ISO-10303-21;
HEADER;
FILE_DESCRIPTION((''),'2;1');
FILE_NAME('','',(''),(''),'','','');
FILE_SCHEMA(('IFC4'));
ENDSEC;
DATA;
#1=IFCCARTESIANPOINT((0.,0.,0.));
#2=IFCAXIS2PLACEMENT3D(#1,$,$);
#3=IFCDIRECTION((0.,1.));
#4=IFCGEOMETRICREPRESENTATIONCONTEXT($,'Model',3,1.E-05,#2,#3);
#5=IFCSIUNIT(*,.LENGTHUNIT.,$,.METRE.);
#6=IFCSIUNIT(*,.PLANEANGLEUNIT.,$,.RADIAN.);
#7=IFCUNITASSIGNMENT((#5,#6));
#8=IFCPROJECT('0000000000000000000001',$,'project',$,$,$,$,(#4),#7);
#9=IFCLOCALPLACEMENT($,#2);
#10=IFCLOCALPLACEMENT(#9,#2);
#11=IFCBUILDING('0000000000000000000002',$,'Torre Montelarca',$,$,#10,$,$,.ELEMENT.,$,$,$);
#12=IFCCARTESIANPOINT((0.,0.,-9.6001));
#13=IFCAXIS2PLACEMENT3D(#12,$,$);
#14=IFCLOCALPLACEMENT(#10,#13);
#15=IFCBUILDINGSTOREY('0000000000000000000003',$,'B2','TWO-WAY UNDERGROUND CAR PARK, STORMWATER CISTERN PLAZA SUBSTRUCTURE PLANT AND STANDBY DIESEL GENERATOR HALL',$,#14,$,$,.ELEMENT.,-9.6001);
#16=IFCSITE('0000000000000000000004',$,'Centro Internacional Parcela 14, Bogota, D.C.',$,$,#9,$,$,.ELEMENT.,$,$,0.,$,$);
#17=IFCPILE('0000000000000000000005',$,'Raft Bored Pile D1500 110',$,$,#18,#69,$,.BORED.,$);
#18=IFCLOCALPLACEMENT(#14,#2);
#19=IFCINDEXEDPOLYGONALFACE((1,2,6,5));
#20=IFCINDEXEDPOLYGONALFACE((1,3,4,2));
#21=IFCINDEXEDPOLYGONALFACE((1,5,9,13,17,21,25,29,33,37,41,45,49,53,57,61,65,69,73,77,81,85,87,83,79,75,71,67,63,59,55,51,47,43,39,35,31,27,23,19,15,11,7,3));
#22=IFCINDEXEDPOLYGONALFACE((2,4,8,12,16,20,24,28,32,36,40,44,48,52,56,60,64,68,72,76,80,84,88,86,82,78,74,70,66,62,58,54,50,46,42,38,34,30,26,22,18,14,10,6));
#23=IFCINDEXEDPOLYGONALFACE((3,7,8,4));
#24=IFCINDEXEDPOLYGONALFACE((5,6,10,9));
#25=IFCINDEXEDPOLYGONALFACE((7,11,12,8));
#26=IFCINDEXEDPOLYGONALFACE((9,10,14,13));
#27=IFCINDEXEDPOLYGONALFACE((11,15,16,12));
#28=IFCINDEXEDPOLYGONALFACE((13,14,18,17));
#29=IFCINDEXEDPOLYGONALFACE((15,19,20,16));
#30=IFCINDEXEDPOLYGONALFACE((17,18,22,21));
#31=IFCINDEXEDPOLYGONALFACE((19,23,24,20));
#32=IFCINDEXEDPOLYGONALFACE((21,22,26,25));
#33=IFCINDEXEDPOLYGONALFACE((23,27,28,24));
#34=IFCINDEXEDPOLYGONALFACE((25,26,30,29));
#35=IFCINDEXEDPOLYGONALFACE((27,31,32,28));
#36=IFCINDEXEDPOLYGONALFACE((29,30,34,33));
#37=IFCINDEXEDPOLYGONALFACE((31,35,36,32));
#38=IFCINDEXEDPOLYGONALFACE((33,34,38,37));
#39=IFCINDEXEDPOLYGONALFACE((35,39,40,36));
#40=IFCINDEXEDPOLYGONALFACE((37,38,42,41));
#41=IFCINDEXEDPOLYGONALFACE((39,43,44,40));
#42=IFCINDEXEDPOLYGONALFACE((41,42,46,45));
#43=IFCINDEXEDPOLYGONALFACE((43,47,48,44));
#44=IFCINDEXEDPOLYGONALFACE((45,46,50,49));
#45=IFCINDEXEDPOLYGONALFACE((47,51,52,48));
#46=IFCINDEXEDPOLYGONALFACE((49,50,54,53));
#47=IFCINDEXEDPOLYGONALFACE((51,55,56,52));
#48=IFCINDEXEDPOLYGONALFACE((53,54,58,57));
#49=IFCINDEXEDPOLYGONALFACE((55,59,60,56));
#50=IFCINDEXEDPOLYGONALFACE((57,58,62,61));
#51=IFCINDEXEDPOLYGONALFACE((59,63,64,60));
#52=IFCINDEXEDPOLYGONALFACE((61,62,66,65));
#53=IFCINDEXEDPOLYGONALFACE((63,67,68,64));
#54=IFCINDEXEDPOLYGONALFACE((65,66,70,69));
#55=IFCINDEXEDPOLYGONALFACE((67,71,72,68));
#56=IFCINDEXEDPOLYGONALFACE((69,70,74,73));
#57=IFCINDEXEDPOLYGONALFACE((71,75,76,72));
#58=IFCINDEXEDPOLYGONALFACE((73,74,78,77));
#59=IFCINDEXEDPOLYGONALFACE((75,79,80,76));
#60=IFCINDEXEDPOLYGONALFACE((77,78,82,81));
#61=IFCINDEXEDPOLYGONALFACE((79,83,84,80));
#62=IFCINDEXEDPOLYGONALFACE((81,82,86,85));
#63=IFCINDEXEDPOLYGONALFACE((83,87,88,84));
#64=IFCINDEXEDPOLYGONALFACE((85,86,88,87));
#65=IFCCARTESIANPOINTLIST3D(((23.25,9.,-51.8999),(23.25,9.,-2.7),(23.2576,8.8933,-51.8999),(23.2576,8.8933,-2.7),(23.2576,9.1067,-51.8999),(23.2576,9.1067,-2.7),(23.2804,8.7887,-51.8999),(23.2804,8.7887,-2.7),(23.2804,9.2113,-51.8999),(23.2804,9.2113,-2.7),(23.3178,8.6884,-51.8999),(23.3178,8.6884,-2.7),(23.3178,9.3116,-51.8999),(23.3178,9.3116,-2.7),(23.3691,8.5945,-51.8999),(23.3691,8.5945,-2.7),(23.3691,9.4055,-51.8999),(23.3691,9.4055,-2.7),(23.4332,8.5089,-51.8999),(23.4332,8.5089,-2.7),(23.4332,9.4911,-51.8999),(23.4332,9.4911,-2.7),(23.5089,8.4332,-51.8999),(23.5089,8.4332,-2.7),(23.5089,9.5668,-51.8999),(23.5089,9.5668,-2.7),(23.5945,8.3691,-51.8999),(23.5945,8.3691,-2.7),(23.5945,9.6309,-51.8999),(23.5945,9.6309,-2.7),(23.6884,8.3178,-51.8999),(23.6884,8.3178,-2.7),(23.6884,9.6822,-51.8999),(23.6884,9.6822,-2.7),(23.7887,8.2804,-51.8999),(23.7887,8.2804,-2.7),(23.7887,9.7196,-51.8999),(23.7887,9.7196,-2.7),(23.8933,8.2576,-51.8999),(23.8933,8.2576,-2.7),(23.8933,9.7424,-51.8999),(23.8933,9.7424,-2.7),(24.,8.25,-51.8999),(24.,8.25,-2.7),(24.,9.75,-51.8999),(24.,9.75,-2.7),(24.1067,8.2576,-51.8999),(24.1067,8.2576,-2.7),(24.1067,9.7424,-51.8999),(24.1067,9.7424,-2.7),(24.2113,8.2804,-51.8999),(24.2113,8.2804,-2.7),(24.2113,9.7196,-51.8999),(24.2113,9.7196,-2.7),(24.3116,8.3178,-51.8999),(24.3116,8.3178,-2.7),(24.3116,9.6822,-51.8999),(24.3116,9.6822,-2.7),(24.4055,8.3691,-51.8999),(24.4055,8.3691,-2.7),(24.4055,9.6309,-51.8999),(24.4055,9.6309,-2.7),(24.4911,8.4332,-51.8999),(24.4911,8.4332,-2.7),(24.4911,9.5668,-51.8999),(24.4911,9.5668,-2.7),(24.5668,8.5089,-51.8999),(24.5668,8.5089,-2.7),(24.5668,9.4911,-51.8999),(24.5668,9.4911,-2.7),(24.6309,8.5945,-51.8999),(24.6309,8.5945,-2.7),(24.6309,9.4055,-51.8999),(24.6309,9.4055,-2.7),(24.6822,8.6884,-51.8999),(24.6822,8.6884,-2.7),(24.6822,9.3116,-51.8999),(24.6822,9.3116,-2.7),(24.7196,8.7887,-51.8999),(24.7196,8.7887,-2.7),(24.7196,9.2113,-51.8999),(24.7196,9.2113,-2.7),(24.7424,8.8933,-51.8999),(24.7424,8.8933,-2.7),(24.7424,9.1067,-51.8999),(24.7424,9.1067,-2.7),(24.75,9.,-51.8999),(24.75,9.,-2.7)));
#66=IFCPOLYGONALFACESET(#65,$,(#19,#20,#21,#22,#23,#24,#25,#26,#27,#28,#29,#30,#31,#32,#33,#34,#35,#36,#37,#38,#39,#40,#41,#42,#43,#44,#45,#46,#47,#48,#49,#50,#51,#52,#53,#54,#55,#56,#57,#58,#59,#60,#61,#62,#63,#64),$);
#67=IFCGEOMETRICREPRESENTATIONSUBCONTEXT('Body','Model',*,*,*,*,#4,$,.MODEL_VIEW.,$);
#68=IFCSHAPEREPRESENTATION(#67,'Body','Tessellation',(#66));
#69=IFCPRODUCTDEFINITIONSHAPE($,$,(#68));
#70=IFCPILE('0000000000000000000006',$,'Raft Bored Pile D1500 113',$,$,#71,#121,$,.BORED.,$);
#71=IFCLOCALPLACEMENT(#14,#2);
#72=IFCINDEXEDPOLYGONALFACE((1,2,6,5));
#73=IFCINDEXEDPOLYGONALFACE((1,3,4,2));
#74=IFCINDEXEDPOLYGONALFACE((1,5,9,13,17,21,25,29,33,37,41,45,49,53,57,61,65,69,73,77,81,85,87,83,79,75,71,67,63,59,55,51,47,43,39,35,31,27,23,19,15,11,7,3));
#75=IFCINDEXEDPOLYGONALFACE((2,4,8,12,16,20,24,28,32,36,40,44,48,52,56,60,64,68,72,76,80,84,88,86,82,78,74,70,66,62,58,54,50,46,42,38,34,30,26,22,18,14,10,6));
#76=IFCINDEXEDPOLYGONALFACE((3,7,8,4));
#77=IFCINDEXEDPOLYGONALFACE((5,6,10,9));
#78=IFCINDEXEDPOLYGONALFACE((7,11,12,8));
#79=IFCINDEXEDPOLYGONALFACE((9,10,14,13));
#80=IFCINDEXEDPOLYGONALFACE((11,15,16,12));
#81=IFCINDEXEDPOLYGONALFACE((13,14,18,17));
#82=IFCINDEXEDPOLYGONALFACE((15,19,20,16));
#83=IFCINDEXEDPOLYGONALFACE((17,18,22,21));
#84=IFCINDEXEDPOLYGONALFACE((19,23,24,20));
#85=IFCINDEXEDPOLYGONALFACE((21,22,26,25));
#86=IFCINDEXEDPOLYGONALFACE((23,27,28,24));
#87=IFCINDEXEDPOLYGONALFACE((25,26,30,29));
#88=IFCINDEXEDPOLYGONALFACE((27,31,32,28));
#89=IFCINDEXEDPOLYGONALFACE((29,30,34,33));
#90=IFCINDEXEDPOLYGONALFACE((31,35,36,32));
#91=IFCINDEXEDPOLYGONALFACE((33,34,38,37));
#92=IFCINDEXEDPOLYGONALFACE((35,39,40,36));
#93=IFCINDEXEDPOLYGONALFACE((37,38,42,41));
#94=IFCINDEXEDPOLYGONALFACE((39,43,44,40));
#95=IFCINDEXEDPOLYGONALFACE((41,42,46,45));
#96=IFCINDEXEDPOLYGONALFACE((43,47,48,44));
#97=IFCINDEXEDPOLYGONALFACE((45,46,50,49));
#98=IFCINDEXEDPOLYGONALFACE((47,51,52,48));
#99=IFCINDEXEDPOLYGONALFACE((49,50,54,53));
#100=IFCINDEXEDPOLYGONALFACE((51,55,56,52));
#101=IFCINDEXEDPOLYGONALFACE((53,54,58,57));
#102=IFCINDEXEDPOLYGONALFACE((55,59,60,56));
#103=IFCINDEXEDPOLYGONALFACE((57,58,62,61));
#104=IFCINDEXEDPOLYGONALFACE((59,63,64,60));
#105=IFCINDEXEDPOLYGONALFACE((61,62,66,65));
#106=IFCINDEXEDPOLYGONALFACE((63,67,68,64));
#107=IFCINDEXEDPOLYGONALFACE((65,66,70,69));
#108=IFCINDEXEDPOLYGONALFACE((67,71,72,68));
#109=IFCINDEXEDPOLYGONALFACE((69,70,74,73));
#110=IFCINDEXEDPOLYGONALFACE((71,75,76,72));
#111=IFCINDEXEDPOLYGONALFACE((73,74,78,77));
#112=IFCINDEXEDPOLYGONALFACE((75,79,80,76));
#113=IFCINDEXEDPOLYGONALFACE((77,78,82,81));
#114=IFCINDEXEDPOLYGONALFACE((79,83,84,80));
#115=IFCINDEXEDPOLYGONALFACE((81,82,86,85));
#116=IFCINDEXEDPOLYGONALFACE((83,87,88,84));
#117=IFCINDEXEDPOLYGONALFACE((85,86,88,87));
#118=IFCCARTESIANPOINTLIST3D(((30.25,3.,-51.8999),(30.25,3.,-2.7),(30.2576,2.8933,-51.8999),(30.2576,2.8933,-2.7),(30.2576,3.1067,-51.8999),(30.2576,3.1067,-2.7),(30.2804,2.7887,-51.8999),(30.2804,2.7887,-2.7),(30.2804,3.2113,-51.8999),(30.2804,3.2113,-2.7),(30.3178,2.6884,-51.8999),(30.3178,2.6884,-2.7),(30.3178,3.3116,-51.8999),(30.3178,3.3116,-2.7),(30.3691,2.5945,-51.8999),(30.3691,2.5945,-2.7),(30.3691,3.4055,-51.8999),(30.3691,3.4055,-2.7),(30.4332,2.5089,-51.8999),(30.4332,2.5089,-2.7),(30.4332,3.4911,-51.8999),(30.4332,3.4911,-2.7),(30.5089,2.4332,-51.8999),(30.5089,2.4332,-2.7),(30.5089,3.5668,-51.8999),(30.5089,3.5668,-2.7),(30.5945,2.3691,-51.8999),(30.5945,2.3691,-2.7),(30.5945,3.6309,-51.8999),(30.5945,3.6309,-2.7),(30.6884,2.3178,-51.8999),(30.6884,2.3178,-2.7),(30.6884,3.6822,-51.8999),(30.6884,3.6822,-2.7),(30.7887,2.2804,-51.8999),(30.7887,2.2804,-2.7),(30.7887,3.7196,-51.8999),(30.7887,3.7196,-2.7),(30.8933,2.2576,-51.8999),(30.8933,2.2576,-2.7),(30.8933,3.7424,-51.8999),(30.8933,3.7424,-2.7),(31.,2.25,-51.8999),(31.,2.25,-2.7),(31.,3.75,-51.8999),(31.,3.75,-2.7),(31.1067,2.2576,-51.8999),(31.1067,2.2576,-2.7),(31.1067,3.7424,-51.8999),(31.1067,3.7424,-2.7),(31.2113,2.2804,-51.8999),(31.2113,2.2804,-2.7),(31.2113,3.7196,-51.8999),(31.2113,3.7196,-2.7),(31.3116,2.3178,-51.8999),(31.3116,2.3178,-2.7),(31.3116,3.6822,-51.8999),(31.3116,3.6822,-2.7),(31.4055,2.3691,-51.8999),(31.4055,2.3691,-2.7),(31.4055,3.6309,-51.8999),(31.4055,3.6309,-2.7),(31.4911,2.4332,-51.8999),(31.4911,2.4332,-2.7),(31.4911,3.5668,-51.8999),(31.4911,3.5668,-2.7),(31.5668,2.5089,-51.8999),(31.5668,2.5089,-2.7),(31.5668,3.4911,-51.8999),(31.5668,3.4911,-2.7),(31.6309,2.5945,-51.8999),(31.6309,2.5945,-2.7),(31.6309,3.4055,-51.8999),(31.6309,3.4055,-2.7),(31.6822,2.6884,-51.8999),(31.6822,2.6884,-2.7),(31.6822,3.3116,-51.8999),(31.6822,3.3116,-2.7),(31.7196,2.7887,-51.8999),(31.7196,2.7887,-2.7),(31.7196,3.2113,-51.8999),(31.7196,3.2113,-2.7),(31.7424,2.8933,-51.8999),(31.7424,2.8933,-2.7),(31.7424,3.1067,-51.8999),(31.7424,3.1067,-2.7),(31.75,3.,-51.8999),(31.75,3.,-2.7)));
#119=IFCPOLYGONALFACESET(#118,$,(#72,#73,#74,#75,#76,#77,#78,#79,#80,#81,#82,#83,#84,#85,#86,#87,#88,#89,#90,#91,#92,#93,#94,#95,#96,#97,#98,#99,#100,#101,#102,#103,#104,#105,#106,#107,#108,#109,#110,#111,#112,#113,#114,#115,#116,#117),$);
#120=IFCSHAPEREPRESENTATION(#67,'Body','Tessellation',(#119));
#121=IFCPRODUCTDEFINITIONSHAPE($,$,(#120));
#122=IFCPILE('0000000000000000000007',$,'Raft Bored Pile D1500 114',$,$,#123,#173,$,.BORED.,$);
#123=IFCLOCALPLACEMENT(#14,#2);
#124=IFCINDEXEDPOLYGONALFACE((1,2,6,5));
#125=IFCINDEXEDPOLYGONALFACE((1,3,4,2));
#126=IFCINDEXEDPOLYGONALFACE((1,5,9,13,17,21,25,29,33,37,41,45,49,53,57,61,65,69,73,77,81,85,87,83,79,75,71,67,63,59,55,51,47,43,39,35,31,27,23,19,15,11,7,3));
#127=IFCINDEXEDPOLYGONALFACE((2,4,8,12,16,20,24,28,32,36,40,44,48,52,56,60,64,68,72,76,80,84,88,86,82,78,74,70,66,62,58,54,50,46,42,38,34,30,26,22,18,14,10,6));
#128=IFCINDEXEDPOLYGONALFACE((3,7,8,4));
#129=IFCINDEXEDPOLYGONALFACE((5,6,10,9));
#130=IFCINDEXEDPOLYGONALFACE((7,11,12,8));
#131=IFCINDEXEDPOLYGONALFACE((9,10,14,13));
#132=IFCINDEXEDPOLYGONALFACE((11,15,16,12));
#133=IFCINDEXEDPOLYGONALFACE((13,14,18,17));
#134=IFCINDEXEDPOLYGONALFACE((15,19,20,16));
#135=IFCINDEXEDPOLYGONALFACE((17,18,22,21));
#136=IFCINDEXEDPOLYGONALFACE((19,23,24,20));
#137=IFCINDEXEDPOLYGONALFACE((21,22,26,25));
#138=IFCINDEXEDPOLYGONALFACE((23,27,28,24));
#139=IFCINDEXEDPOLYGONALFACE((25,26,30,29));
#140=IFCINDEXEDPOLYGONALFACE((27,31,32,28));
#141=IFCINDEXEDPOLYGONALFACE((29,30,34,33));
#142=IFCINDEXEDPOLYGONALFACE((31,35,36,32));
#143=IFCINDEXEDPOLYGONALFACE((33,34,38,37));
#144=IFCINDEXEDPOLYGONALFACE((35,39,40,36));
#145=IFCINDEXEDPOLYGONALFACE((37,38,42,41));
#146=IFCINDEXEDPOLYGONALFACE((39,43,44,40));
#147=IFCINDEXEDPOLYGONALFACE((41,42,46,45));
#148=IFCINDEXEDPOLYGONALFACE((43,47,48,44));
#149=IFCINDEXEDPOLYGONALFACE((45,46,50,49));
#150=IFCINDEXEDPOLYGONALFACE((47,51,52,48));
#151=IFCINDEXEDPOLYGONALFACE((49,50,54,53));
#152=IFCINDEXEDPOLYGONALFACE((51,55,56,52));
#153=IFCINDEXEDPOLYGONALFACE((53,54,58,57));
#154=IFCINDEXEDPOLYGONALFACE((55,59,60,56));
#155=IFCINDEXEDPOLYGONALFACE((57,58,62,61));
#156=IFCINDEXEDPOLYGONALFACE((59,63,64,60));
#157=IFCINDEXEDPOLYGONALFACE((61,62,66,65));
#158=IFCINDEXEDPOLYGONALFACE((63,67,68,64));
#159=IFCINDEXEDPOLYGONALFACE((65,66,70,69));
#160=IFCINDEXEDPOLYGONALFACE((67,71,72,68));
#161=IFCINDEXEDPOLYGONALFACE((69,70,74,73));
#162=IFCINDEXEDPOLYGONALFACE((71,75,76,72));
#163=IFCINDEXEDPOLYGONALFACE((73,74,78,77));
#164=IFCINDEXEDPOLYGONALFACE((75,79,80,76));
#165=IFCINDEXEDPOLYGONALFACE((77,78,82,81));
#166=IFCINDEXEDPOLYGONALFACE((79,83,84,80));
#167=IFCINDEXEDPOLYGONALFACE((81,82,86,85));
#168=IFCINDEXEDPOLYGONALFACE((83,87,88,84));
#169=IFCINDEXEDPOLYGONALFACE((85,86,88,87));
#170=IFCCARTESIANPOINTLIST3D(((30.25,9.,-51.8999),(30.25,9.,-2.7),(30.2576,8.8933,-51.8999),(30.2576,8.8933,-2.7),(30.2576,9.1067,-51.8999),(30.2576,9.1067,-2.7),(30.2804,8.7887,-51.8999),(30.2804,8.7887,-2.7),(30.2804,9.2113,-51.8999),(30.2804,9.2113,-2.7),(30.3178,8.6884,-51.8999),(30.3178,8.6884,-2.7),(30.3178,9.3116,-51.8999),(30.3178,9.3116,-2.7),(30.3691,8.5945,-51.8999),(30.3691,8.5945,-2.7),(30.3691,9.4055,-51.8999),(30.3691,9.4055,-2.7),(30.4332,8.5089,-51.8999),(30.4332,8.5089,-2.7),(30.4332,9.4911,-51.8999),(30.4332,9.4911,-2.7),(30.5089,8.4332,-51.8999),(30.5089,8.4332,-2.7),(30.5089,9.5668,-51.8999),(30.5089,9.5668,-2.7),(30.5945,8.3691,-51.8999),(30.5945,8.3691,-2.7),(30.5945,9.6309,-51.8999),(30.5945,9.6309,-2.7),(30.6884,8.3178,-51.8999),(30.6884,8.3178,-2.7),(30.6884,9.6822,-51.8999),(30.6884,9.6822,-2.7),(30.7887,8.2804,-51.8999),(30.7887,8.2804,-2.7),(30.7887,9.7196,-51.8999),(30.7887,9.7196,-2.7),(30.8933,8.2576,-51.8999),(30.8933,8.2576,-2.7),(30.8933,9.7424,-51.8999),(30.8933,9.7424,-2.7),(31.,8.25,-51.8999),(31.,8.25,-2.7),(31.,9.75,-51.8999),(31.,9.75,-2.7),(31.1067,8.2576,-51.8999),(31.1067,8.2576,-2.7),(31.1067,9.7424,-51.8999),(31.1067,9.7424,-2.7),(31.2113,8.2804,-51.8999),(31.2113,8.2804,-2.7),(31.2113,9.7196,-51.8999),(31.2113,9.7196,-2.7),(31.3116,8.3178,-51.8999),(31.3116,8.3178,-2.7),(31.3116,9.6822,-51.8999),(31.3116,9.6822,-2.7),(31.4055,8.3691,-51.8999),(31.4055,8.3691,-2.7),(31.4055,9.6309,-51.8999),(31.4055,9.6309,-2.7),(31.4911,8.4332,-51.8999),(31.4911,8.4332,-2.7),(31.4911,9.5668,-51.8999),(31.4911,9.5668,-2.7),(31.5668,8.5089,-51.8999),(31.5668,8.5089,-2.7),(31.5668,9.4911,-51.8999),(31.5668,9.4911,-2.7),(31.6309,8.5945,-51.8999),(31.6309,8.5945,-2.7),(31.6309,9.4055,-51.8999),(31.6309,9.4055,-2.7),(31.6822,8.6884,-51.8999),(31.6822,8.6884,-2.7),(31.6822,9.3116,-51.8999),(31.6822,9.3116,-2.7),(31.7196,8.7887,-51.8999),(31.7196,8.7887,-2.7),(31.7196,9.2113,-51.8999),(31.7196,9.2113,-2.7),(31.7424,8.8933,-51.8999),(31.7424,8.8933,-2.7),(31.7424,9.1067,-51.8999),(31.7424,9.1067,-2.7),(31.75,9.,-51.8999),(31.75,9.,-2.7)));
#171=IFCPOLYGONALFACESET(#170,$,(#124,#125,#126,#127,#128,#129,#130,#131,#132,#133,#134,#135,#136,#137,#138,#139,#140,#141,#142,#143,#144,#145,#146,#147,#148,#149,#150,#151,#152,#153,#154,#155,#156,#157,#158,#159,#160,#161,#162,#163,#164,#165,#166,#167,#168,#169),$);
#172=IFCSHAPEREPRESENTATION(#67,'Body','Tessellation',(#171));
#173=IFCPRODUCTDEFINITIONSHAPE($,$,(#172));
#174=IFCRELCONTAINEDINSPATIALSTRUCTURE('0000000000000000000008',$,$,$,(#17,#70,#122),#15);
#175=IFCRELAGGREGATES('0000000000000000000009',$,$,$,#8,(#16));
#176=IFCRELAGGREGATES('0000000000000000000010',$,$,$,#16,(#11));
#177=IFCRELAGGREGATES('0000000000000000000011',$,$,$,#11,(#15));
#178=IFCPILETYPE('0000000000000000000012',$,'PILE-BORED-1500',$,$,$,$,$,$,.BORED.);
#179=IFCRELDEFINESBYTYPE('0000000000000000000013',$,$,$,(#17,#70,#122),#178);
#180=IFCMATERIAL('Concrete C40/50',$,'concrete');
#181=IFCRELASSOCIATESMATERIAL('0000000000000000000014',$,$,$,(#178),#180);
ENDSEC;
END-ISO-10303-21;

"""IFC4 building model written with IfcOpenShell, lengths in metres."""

from ifc_helpers import new_model, si_unit, direction, frame, origin, origin_2d, place, context, subcontext, project, spatial, circle, extrude, source, transform, mapped, material, material_profile, profile_set, type_object, element, save


model = new_model("IFC4")

# Units and contexts
model_context = context("Model", 3, precision=1e-05, world=origin(), true_north=direction((0.0, 1.0)))
body_context = subcontext(model_context, "Body", "Model", "MODEL_VIEW")
ifc_project = project(units=[si_unit("LENGTHUNIT", "METRE"), si_unit("PLANEANGLEUNIT", "RADIAN")], contexts=[model_context])

# Site, building, storey
site_placement = place(None, origin())
site = spatial("IfcSite", under=ifc_project, at=site_placement, Name="Centro Internacional Parcela 14, Bogota, D.C.", CompositionType="ELEMENT", RefElevation=0.0)
building_placement = place(site_placement, origin())
building = spatial("IfcBuilding", under=site, at=building_placement, Name="Torre Montelarca", CompositionType="ELEMENT")
storey_placement = place(building_placement, frame((0.0, 0.0, -9.6001)))
storey = spatial("IfcBuildingStorey", under=building, at=storey_placement, Name="B2", Description="TWO-WAY UNDERGROUND CAR PARK, STORMWATER CISTERN PLAZA SUBSTRUCTURE PLANT AND STANDBY DIESEL GENERATOR HALL", CompositionType="ELEMENT", Elevation=-9.6001)

# Piles
ifc_material_1 = material(Name="Concrete C40/50", Category="concrete")
ifc_material_profile_1 = material_profile(ifc_material_1, circle(Radius=0.75, at=origin_2d()), Name="PILE-D1500", Category="concrete")
ifc_profile_set_1 = profile_set([ifc_material_profile_1], Name="Concrete C40/50")
pile_type = type_object("IfcPileType", Name="PILE-BORED-1500", PredefinedType="BORED", material=ifc_profile_set_1)
shared_shape_1 = source(origin(), body_context, "Body", "SweptSolid", [
    extrude(circle(Radius=0.75, at=origin_2d()), origin(), (0.0, 0.0, 1.0), 49.2),
])
for number, where, z_axis, x_axis, name in (
    (1, (24.0, 9.0, -2.7), (0.0, 0.0, -1.0), (1.0, 0.0, 0.0), "Raft Bored Pile D1500 110"),
    (2, (31.0, 3.0, -2.7), (0.0, 0.0, -1.0), (1.0, 0.0, 0.0), "Raft Bored Pile D1500 113"),
    (3, (31.0, 9.0, -2.7), (0.0, 0.0, -1.0), (1.0, 0.0, 0.0), "Raft Bored Pile D1500 114"),
):
    element("IfcPile", number, at=place(storey_placement, frame(where, z_axis=z_axis, x_axis=x_axis)), inside=storey, type_object=pile_type, Name=name, PredefinedType="BORED", context=body_context, shape_type="MappedRepresentation", body=[
        mapped(shared_shape_1, transform((0.0, 0.0, 0.0), scale=1.0)),
    ])

save(model, "model.ifc")
